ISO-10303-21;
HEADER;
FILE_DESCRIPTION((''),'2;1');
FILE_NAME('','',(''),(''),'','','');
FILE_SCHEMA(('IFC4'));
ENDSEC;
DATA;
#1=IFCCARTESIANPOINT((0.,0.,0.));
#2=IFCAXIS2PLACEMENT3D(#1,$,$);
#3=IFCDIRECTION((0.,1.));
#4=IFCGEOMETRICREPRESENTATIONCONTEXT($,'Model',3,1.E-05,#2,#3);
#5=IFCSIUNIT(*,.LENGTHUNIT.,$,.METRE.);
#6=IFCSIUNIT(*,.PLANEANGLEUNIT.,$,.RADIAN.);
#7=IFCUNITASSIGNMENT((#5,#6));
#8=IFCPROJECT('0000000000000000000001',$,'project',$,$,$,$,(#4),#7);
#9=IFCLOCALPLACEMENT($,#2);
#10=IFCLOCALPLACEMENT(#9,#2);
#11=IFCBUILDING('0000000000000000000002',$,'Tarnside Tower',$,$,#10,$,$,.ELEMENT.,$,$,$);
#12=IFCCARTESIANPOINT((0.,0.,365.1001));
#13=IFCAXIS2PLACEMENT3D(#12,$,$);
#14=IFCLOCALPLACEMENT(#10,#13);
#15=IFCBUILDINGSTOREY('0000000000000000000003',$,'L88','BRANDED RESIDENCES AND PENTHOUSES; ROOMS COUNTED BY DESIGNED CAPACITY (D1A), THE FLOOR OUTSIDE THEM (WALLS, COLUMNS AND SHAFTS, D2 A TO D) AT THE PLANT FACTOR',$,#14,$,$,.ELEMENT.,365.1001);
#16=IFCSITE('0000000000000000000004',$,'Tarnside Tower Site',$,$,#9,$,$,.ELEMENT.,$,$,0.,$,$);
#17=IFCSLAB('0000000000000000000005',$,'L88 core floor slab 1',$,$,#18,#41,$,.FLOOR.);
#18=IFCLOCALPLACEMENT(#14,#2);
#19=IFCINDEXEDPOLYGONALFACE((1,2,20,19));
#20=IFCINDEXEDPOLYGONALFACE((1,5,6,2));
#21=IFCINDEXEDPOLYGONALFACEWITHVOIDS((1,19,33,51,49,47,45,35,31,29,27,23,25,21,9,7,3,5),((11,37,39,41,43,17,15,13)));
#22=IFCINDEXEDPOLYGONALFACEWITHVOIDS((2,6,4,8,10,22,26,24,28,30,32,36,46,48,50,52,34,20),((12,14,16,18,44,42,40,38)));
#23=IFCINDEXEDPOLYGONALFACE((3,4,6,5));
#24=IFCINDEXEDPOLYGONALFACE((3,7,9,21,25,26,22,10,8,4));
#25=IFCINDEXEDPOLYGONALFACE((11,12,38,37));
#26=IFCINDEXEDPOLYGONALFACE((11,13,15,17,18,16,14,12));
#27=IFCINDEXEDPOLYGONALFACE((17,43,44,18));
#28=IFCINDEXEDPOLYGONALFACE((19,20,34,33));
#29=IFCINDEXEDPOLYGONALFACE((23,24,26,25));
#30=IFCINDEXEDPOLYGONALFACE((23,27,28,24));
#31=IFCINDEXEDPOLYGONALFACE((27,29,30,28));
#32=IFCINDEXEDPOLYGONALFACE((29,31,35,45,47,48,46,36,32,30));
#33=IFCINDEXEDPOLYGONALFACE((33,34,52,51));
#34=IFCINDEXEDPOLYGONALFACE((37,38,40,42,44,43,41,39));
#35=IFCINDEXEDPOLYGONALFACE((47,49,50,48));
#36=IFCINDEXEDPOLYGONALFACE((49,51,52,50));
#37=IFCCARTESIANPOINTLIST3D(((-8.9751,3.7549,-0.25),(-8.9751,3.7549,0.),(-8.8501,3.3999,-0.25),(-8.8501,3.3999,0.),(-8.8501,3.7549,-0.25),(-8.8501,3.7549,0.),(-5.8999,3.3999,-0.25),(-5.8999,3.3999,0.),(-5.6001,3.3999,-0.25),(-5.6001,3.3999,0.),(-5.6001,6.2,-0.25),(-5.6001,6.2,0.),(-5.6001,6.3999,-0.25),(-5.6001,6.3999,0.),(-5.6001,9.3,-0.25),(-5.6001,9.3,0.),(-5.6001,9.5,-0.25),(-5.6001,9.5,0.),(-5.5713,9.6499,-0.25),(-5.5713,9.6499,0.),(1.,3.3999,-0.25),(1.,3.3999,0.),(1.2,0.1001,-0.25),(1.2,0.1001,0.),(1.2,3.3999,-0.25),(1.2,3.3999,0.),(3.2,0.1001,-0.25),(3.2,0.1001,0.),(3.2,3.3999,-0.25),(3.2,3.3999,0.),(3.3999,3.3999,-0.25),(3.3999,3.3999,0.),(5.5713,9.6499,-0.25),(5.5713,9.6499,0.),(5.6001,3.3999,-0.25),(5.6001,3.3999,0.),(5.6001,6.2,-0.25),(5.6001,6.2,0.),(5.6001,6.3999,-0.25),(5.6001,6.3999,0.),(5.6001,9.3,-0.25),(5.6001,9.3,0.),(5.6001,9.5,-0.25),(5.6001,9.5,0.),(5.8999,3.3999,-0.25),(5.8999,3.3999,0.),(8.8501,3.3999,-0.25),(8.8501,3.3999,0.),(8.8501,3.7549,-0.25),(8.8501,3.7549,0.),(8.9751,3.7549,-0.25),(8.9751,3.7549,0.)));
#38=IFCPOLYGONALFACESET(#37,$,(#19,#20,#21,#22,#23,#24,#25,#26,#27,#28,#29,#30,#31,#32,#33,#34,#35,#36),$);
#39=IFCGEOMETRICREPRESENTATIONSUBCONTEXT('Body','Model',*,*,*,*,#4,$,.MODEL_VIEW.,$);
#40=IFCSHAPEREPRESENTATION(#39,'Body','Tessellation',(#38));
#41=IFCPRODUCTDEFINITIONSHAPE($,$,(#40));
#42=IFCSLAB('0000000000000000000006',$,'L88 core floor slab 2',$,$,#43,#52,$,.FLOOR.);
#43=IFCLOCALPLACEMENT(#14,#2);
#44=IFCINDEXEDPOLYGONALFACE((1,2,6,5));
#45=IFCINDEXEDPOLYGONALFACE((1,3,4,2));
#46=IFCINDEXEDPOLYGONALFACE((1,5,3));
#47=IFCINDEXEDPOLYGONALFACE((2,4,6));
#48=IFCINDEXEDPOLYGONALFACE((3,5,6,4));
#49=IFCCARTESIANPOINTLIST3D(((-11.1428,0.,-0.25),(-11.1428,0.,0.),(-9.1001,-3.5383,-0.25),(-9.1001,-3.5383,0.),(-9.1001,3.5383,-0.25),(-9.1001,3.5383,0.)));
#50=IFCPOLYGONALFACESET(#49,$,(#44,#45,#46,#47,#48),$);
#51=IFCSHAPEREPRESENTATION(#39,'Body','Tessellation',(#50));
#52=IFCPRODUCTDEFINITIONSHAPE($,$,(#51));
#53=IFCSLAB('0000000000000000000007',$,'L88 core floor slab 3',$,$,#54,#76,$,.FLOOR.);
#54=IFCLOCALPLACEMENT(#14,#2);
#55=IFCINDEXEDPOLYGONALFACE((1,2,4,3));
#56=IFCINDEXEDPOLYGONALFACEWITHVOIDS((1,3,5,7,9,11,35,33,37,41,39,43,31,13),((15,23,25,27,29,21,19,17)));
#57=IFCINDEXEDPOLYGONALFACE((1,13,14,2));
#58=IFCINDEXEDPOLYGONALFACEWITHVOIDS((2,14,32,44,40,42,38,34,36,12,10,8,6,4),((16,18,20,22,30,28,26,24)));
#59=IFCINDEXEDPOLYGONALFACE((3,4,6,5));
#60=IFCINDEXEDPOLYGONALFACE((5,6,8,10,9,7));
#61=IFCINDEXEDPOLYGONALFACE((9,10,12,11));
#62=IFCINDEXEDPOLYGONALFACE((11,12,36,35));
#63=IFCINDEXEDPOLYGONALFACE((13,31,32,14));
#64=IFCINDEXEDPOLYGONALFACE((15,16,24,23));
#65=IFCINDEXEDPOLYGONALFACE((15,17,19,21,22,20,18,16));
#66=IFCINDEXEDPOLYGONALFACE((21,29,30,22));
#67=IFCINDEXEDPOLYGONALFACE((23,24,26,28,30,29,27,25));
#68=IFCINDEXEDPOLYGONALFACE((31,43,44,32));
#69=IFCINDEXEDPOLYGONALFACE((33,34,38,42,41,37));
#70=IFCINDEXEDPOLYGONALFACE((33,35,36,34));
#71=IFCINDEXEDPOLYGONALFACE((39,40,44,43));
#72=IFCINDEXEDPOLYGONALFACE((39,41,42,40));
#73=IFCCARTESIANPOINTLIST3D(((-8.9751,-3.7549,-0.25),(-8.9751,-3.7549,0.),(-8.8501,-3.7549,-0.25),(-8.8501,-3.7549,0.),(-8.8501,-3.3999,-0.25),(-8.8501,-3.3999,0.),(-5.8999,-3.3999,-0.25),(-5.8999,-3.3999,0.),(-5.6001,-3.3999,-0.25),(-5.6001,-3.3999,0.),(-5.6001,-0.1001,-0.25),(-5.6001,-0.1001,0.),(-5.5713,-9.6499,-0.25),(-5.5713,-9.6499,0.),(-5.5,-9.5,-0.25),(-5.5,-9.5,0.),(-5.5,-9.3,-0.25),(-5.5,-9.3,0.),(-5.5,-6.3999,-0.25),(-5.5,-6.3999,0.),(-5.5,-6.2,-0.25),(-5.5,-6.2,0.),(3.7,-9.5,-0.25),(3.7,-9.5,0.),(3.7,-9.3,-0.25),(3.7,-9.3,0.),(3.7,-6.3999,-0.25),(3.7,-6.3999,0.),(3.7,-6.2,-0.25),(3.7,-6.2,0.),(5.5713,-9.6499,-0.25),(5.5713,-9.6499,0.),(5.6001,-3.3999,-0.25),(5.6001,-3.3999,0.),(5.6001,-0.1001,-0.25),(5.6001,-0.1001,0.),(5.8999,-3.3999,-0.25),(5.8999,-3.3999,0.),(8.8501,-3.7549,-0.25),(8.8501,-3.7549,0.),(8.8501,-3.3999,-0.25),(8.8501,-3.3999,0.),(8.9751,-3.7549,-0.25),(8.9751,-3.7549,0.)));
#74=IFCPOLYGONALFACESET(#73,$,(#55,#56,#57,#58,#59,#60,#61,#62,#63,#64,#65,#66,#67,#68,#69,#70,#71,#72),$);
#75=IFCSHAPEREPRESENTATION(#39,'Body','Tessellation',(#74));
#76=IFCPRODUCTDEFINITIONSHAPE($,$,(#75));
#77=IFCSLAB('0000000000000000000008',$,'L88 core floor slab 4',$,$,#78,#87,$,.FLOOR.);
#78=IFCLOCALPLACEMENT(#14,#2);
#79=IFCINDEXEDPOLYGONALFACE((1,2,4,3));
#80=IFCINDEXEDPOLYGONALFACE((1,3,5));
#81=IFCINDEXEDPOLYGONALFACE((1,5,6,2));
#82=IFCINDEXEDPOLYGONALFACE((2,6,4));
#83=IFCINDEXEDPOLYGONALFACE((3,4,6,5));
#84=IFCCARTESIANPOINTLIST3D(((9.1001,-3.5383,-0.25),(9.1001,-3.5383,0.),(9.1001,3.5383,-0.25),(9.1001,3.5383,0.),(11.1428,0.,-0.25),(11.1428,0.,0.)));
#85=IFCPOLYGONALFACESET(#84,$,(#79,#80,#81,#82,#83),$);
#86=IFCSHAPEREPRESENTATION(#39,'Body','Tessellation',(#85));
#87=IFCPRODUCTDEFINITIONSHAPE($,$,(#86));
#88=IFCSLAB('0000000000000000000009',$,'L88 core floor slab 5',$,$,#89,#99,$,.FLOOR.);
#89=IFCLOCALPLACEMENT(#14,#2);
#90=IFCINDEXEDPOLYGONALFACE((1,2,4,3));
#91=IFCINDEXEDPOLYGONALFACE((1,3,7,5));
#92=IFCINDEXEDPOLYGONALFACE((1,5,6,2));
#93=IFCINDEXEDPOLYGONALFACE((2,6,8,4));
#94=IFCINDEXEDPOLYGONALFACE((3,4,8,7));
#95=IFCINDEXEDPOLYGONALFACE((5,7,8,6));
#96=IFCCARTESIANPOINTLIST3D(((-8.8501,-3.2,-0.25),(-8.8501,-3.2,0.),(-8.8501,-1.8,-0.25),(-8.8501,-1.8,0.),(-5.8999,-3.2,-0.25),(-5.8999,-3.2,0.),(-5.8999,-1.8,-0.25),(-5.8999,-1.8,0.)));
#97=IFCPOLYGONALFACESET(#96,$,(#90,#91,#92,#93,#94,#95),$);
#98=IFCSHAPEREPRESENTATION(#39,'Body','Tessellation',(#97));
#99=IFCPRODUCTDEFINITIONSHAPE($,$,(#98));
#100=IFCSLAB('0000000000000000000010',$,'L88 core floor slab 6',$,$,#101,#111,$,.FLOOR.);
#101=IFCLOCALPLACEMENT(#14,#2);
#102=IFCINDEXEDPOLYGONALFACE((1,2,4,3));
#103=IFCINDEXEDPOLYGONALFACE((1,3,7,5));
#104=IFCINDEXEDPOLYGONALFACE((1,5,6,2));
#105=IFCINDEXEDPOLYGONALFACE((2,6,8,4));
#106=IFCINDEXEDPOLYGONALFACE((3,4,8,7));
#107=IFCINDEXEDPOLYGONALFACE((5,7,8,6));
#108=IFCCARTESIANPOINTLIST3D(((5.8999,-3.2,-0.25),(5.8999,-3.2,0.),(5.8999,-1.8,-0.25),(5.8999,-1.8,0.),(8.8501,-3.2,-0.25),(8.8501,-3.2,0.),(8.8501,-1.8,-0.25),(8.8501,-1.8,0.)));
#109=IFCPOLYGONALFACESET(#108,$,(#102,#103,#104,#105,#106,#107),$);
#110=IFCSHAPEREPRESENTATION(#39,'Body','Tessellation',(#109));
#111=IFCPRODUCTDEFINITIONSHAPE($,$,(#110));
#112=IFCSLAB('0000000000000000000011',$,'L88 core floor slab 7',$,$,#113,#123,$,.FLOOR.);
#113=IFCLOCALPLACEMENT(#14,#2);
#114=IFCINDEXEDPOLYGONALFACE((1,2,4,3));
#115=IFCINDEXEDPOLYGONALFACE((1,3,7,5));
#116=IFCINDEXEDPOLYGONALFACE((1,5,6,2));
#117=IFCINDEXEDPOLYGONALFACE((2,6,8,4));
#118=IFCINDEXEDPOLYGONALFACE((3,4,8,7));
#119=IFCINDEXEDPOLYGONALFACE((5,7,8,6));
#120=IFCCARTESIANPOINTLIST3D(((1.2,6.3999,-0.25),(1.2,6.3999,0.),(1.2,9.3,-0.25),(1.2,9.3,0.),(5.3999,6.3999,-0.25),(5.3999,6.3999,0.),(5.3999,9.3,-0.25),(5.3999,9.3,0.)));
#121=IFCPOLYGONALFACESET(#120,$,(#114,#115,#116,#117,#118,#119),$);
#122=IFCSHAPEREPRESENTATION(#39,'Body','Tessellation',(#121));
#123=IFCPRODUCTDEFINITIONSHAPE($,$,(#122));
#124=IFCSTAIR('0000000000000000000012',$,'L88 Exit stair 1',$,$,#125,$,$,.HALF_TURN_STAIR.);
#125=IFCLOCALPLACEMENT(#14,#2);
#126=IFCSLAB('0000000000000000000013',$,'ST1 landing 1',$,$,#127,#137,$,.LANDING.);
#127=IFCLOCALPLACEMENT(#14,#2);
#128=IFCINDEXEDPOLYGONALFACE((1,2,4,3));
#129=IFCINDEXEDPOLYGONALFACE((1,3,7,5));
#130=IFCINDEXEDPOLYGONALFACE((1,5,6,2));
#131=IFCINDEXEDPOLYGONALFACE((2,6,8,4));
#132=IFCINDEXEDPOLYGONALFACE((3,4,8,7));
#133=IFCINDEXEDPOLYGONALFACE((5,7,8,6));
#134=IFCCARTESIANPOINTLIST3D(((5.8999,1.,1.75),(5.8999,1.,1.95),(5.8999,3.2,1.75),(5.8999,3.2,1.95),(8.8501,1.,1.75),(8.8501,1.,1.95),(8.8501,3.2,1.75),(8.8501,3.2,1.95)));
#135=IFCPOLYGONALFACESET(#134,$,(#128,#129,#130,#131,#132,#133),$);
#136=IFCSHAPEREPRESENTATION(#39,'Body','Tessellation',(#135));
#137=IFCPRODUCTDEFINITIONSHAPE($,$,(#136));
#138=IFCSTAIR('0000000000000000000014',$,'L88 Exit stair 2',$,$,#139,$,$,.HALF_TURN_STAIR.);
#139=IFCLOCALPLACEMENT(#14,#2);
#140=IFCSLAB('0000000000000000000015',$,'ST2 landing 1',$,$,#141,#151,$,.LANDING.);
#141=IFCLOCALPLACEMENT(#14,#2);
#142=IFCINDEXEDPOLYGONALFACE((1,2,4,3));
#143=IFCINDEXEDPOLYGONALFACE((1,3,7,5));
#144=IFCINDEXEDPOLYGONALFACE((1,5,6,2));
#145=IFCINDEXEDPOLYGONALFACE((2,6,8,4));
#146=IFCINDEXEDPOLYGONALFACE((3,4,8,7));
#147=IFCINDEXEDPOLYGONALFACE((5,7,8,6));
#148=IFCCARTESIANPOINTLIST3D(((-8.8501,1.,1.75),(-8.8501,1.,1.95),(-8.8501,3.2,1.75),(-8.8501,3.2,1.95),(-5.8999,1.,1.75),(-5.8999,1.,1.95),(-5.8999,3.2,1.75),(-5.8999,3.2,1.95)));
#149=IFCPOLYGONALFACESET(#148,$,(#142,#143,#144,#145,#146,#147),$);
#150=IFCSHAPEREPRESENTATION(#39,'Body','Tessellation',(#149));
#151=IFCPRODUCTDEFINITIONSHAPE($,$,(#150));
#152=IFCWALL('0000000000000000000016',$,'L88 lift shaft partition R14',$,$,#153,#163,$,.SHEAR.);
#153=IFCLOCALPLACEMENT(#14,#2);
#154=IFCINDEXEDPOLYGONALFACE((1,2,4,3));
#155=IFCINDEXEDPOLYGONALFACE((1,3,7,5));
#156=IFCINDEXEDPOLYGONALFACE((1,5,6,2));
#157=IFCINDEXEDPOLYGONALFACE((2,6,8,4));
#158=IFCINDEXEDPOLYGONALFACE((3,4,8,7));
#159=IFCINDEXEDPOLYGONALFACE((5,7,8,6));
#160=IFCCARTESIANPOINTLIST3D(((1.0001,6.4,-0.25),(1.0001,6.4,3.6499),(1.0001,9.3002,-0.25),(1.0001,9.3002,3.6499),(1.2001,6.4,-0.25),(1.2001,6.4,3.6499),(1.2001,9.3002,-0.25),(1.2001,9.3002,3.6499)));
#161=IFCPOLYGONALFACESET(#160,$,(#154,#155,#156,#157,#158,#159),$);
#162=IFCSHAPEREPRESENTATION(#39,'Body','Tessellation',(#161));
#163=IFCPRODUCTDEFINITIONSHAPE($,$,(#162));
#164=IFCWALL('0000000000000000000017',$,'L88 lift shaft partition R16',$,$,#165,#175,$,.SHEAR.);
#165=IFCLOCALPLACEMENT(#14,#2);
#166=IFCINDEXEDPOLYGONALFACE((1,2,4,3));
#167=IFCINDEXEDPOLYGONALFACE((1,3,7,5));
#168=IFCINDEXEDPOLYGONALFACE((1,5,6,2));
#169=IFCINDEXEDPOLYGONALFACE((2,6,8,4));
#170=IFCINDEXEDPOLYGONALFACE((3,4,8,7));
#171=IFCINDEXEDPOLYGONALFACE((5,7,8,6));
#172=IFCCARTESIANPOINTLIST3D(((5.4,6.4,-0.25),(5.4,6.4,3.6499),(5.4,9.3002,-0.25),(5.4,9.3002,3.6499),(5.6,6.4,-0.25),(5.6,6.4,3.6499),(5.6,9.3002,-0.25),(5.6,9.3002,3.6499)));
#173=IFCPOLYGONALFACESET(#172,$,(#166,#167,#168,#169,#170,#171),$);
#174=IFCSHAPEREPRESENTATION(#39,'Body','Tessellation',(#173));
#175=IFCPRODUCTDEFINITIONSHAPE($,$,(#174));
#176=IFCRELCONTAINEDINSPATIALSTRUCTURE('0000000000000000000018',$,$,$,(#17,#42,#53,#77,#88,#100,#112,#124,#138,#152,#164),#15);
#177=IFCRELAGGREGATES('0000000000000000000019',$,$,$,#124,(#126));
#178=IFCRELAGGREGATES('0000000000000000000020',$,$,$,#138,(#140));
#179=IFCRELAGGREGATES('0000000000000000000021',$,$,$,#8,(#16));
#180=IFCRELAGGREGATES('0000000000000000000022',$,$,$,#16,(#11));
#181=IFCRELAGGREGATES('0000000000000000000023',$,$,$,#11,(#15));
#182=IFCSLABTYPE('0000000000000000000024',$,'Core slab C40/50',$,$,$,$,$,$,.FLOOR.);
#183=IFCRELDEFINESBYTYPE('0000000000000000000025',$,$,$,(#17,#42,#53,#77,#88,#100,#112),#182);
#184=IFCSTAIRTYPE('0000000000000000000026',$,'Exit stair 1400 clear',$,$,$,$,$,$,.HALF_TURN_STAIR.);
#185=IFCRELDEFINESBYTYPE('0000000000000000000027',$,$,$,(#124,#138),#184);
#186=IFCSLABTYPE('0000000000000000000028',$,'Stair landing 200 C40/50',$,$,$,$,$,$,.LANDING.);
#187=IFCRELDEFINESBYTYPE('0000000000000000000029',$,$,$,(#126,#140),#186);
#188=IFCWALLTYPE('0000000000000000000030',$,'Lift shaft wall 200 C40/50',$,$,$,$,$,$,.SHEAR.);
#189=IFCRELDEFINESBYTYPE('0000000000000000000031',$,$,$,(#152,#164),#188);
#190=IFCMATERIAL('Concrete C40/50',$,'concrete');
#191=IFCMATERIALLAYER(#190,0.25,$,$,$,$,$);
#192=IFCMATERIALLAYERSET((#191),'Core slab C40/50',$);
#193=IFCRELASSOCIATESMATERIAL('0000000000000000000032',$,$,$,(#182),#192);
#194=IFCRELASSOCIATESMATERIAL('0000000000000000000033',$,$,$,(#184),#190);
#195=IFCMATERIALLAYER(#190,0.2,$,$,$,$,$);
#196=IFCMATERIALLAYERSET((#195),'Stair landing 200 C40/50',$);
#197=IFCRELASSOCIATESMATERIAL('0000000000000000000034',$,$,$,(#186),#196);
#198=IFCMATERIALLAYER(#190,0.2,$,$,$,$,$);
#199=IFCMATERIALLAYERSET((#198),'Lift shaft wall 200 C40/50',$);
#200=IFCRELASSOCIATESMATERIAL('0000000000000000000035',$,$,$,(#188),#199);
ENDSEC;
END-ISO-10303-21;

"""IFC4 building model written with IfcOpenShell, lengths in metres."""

from ifc_helpers import new_model, si_unit, direction, frame, frame_2d, origin, place, context, subcontext, project, spatial, polyline, rectangle, outline, extrude, material, layer, layer_set, type_object, element, aggregate, save


model = new_model("IFC4")

# Units and contexts
model_context = context("Model", 3, precision=1e-05, world=origin(), true_north=direction((0.0, 1.0)))
body_context = subcontext(model_context, "Body", "Model", "MODEL_VIEW")
ifc_project = project(units=[si_unit("LENGTHUNIT", "METRE"), si_unit("PLANEANGLEUNIT", "RADIAN")], contexts=[model_context])

# Site, building, storey
site_placement = place(None, origin())
site = spatial("IfcSite", under=ifc_project, at=site_placement, Name="Tarnside Tower Site", CompositionType="ELEMENT", RefElevation=0.0)
building_placement = place(site_placement, origin())
building = spatial("IfcBuilding", under=site, at=building_placement, Name="Tarnside Tower", CompositionType="ELEMENT")
storey_placement = place(building_placement, frame((0.0, 0.0, 365.1001)))
storey = spatial("IfcBuildingStorey", under=building, at=storey_placement, Name="L88", Description="BRANDED RESIDENCES AND PENTHOUSES; ROOMS COUNTED BY DESIGNED CAPACITY (D1A), THE FLOOR OUTSIDE THEM (WALLS, COLUMNS AND SHAFTS, D2 A TO D) AT THE PLANT FACTOR", CompositionType="ELEMENT", Elevation=365.1001)

# Slabs
ifc_material_1 = material(Name="Concrete C40/50", Category="concrete")
ifc_layer_1 = layer(ifc_material_1, 0.25)
ifc_layer_set_1 = layer_set([ifc_layer_1], Name="Core slab C40/50")
slab_type_1 = type_object("IfcSlabType", Name="Core slab C40/50", PredefinedType="FLOOR", material=ifc_layer_set_1)
slab_1_placement = place(storey_placement, frame((0.0, 0.0, -0.25)))
element("IfcSlab", 1, at=slab_1_placement, inside=storey, type_object=slab_type_1, Name="L88 core floor slab 1", PredefinedType="FLOOR", context=body_context, shape_type="SweptSolid", body=[
    extrude(outline(polyline([(5.5713, 9.6499), (8.9751, 3.7549), (8.8501, 3.7549), (8.8501, 3.3999), (5.8999, 3.3999), (5.6001, 3.3999), (3.3999, 3.3999), (3.2, 3.3999), (3.2, 0.1001), (1.2, 0.1001), (1.2, 3.3999), (1.0, 3.3999), (-5.6001, 3.3999), (-5.8999, 3.3999), (-8.8501, 3.3999), (-8.8501, 3.7549), (-8.9751, 3.7549), (-5.5713, 9.6499), (5.5713, 9.6499)]), holes=[polyline([(-5.6001, 6.2), (5.6001, 6.2), (5.6001, 6.3999), (5.6001, 9.3), (5.6001, 9.5), (-5.6001, 9.5), (-5.6001, 9.3), (-5.6001, 6.3999), (-5.6001, 6.2)])]), origin(), (0.0, 0.0, 1.0), 0.25),
])
slab_2_placement = place(storey_placement, frame((0.0, 0.0, -0.25)))
element("IfcSlab", 2, at=slab_2_placement, inside=storey, type_object=slab_type_1, Name="L88 core floor slab 2", PredefinedType="FLOOR", context=body_context, shape_type="SweptSolid", body=[
    extrude(outline(polyline([(-9.1001, -3.5383), (-11.1428, 0.0), (-9.1001, 3.5383), (-9.1001, -3.5383)])), origin(), (0.0, 0.0, 1.0), 0.25),
])
slab_3_placement = place(storey_placement, frame((0.0, 0.0, -0.25)))
element("IfcSlab", 3, at=slab_3_placement, inside=storey, type_object=slab_type_1, Name="L88 core floor slab 3", PredefinedType="FLOOR", context=body_context, shape_type="SweptSolid", body=[
    extrude(outline(polyline([(-8.8501, -3.7549), (-8.8501, -3.3999), (-5.8999, -3.3999), (-5.6001, -3.3999), (-5.6001, -0.1001), (5.6001, -0.1001), (5.6001, -3.3999), (5.8999, -3.3999), (8.8501, -3.3999), (8.8501, -3.7549), (8.9751, -3.7549), (5.5713, -9.6499), (-5.5713, -9.6499), (-8.9751, -3.7549), (-8.8501, -3.7549)]), holes=[polyline([(-5.5, -9.5), (3.7, -9.5), (3.7, -9.3), (3.7, -6.3999), (3.7, -6.2), (-5.5, -6.2), (-5.5, -6.3999), (-5.5, -9.3), (-5.5, -9.5)])]), origin(), (0.0, 0.0, 1.0), 0.25),
])
slab_4_placement = place(storey_placement, frame((0.0, 0.0, -0.25)))
element("IfcSlab", 4, at=slab_4_placement, inside=storey, type_object=slab_type_1, Name="L88 core floor slab 4", PredefinedType="FLOOR", context=body_context, shape_type="SweptSolid", body=[
    extrude(outline(polyline([(9.1001, 3.5383), (11.1428, 0.0), (9.1001, -3.5383), (9.1001, 3.5383)])), origin(), (0.0, 0.0, 1.0), 0.25),
])
slab_5_placement = place(storey_placement, frame((0.0, 0.0, -0.25)))
element("IfcSlab", 5, at=slab_5_placement, inside=storey, type_object=slab_type_1, Name="L88 core floor slab 5", PredefinedType="FLOOR", context=body_context, shape_type="SweptSolid", body=[
    extrude(outline(polyline([(-8.8501, -3.2), (-8.8501, -1.8), (-5.8999, -1.8), (-5.8999, -3.2), (-8.8501, -3.2)])), origin(), (0.0, 0.0, 1.0), 0.25),
])
slab_6_placement = place(storey_placement, frame((0.0, 0.0, -0.25)))
element("IfcSlab", 6, at=slab_6_placement, inside=storey, type_object=slab_type_1, Name="L88 core floor slab 6", PredefinedType="FLOOR", context=body_context, shape_type="SweptSolid", body=[
    extrude(outline(polyline([(5.8999, -1.8), (8.8501, -1.8), (8.8501, -3.2), (5.8999, -3.2), (5.8999, -1.8)])), origin(), (0.0, 0.0, 1.0), 0.25),
])
slab_7_placement = place(storey_placement, frame((0.0, 0.0, -0.25)))
element("IfcSlab", 7, at=slab_7_placement, inside=storey, type_object=slab_type_1, Name="L88 core floor slab 7", PredefinedType="FLOOR", context=body_context, shape_type="SweptSolid", body=[
    extrude(outline(polyline([(5.3999, 6.3999), (1.2, 6.3999), (1.2, 9.3), (5.3999, 9.3), (5.3999, 6.3999)])), origin(), (0.0, 0.0, 1.0), 0.25),
])

# Stairs, slabs
stair_type = type_object("IfcStairType", Name="Exit stair 1400 clear", PredefinedType="HALF_TURN_STAIR", material=ifc_material_1)
stair_1_placement = place(storey_placement, origin())
stair_1 = element("IfcStair", 8, at=stair_1_placement, inside=storey, type_object=stair_type, Name="L88 Exit stair 1", PredefinedType="HALF_TURN_STAIR")
ifc_layer_2 = layer(ifc_material_1, 0.2)
ifc_layer_set_2 = layer_set([ifc_layer_2], Name="Stair landing 200 C40/50")
slab_type_2 = type_object("IfcSlabType", Name="Stair landing 200 C40/50", PredefinedType="LANDING", material=ifc_layer_set_2)
slab_8_placement = place(storey_placement, frame((0.0, 0.0, 1.75)))
slab_8 = element("IfcSlab", 9, at=slab_8_placement, type_object=slab_type_2, Name="ST1 landing 1", PredefinedType="LANDING", context=body_context, shape_type="SweptSolid", body=[
    extrude(outline(polyline([(8.8501, 1.0), (8.8501, 3.2), (5.8999, 3.2), (5.8999, 1.0), (8.8501, 1.0)])), origin(), (0.0, 0.0, 1.0), 0.2),
])
aggregate(stair_1, [slab_8])
stair_2_placement = place(storey_placement, origin())
stair_2 = element("IfcStair", 10, at=stair_2_placement, inside=storey, type_object=stair_type, Name="L88 Exit stair 2", PredefinedType="HALF_TURN_STAIR")
slab_9_placement = place(storey_placement, frame((0.0, 0.0, 1.75)))
slab_9 = element("IfcSlab", 11, at=slab_9_placement, type_object=slab_type_2, Name="ST2 landing 1", PredefinedType="LANDING", context=body_context, shape_type="SweptSolid", body=[
    extrude(outline(polyline([(-5.8999, 1.0), (-5.8999, 3.2), (-8.8501, 3.2), (-8.8501, 1.0), (-5.8999, 1.0)])), origin(), (0.0, 0.0, 1.0), 0.2),
])
aggregate(stair_2, [slab_9])

# Walls
ifc_layer_3 = layer(ifc_material_1, 0.2)
ifc_layer_set_3 = layer_set([ifc_layer_3], Name="Lift shaft wall 200 C40/50")
wall_type = type_object("IfcWallType", Name="Lift shaft wall 200 C40/50", PredefinedType="SHEAR", material=ifc_layer_set_3)
for number, where, z_axis, x_axis, name in (
    (12, (1.1001, 6.3999, -0.25), (0.0, 0.0, 1.0), (0.0, 1.0, 0.0), "L88 lift shaft partition R14"),
    (13, (5.5, 6.3999, -0.25), (0.0, 0.0, 1.0), (0.0, 1.0, 0.0), "L88 lift shaft partition R16"),
):
    element("IfcWall", number, at=place(storey_placement, frame(where, z_axis=z_axis, x_axis=x_axis)), inside=storey, type_object=wall_type, Name=name, PredefinedType="SHEAR", context=body_context, shape_type="SweptSolid", body=[
        extrude(rectangle(XDim=2.9001, YDim=0.2, at=frame_2d((1.4502, 0.0))), origin(), (0.0, 0.0, 1.0), 3.8999),
    ])

save(model, "model.ifc")
